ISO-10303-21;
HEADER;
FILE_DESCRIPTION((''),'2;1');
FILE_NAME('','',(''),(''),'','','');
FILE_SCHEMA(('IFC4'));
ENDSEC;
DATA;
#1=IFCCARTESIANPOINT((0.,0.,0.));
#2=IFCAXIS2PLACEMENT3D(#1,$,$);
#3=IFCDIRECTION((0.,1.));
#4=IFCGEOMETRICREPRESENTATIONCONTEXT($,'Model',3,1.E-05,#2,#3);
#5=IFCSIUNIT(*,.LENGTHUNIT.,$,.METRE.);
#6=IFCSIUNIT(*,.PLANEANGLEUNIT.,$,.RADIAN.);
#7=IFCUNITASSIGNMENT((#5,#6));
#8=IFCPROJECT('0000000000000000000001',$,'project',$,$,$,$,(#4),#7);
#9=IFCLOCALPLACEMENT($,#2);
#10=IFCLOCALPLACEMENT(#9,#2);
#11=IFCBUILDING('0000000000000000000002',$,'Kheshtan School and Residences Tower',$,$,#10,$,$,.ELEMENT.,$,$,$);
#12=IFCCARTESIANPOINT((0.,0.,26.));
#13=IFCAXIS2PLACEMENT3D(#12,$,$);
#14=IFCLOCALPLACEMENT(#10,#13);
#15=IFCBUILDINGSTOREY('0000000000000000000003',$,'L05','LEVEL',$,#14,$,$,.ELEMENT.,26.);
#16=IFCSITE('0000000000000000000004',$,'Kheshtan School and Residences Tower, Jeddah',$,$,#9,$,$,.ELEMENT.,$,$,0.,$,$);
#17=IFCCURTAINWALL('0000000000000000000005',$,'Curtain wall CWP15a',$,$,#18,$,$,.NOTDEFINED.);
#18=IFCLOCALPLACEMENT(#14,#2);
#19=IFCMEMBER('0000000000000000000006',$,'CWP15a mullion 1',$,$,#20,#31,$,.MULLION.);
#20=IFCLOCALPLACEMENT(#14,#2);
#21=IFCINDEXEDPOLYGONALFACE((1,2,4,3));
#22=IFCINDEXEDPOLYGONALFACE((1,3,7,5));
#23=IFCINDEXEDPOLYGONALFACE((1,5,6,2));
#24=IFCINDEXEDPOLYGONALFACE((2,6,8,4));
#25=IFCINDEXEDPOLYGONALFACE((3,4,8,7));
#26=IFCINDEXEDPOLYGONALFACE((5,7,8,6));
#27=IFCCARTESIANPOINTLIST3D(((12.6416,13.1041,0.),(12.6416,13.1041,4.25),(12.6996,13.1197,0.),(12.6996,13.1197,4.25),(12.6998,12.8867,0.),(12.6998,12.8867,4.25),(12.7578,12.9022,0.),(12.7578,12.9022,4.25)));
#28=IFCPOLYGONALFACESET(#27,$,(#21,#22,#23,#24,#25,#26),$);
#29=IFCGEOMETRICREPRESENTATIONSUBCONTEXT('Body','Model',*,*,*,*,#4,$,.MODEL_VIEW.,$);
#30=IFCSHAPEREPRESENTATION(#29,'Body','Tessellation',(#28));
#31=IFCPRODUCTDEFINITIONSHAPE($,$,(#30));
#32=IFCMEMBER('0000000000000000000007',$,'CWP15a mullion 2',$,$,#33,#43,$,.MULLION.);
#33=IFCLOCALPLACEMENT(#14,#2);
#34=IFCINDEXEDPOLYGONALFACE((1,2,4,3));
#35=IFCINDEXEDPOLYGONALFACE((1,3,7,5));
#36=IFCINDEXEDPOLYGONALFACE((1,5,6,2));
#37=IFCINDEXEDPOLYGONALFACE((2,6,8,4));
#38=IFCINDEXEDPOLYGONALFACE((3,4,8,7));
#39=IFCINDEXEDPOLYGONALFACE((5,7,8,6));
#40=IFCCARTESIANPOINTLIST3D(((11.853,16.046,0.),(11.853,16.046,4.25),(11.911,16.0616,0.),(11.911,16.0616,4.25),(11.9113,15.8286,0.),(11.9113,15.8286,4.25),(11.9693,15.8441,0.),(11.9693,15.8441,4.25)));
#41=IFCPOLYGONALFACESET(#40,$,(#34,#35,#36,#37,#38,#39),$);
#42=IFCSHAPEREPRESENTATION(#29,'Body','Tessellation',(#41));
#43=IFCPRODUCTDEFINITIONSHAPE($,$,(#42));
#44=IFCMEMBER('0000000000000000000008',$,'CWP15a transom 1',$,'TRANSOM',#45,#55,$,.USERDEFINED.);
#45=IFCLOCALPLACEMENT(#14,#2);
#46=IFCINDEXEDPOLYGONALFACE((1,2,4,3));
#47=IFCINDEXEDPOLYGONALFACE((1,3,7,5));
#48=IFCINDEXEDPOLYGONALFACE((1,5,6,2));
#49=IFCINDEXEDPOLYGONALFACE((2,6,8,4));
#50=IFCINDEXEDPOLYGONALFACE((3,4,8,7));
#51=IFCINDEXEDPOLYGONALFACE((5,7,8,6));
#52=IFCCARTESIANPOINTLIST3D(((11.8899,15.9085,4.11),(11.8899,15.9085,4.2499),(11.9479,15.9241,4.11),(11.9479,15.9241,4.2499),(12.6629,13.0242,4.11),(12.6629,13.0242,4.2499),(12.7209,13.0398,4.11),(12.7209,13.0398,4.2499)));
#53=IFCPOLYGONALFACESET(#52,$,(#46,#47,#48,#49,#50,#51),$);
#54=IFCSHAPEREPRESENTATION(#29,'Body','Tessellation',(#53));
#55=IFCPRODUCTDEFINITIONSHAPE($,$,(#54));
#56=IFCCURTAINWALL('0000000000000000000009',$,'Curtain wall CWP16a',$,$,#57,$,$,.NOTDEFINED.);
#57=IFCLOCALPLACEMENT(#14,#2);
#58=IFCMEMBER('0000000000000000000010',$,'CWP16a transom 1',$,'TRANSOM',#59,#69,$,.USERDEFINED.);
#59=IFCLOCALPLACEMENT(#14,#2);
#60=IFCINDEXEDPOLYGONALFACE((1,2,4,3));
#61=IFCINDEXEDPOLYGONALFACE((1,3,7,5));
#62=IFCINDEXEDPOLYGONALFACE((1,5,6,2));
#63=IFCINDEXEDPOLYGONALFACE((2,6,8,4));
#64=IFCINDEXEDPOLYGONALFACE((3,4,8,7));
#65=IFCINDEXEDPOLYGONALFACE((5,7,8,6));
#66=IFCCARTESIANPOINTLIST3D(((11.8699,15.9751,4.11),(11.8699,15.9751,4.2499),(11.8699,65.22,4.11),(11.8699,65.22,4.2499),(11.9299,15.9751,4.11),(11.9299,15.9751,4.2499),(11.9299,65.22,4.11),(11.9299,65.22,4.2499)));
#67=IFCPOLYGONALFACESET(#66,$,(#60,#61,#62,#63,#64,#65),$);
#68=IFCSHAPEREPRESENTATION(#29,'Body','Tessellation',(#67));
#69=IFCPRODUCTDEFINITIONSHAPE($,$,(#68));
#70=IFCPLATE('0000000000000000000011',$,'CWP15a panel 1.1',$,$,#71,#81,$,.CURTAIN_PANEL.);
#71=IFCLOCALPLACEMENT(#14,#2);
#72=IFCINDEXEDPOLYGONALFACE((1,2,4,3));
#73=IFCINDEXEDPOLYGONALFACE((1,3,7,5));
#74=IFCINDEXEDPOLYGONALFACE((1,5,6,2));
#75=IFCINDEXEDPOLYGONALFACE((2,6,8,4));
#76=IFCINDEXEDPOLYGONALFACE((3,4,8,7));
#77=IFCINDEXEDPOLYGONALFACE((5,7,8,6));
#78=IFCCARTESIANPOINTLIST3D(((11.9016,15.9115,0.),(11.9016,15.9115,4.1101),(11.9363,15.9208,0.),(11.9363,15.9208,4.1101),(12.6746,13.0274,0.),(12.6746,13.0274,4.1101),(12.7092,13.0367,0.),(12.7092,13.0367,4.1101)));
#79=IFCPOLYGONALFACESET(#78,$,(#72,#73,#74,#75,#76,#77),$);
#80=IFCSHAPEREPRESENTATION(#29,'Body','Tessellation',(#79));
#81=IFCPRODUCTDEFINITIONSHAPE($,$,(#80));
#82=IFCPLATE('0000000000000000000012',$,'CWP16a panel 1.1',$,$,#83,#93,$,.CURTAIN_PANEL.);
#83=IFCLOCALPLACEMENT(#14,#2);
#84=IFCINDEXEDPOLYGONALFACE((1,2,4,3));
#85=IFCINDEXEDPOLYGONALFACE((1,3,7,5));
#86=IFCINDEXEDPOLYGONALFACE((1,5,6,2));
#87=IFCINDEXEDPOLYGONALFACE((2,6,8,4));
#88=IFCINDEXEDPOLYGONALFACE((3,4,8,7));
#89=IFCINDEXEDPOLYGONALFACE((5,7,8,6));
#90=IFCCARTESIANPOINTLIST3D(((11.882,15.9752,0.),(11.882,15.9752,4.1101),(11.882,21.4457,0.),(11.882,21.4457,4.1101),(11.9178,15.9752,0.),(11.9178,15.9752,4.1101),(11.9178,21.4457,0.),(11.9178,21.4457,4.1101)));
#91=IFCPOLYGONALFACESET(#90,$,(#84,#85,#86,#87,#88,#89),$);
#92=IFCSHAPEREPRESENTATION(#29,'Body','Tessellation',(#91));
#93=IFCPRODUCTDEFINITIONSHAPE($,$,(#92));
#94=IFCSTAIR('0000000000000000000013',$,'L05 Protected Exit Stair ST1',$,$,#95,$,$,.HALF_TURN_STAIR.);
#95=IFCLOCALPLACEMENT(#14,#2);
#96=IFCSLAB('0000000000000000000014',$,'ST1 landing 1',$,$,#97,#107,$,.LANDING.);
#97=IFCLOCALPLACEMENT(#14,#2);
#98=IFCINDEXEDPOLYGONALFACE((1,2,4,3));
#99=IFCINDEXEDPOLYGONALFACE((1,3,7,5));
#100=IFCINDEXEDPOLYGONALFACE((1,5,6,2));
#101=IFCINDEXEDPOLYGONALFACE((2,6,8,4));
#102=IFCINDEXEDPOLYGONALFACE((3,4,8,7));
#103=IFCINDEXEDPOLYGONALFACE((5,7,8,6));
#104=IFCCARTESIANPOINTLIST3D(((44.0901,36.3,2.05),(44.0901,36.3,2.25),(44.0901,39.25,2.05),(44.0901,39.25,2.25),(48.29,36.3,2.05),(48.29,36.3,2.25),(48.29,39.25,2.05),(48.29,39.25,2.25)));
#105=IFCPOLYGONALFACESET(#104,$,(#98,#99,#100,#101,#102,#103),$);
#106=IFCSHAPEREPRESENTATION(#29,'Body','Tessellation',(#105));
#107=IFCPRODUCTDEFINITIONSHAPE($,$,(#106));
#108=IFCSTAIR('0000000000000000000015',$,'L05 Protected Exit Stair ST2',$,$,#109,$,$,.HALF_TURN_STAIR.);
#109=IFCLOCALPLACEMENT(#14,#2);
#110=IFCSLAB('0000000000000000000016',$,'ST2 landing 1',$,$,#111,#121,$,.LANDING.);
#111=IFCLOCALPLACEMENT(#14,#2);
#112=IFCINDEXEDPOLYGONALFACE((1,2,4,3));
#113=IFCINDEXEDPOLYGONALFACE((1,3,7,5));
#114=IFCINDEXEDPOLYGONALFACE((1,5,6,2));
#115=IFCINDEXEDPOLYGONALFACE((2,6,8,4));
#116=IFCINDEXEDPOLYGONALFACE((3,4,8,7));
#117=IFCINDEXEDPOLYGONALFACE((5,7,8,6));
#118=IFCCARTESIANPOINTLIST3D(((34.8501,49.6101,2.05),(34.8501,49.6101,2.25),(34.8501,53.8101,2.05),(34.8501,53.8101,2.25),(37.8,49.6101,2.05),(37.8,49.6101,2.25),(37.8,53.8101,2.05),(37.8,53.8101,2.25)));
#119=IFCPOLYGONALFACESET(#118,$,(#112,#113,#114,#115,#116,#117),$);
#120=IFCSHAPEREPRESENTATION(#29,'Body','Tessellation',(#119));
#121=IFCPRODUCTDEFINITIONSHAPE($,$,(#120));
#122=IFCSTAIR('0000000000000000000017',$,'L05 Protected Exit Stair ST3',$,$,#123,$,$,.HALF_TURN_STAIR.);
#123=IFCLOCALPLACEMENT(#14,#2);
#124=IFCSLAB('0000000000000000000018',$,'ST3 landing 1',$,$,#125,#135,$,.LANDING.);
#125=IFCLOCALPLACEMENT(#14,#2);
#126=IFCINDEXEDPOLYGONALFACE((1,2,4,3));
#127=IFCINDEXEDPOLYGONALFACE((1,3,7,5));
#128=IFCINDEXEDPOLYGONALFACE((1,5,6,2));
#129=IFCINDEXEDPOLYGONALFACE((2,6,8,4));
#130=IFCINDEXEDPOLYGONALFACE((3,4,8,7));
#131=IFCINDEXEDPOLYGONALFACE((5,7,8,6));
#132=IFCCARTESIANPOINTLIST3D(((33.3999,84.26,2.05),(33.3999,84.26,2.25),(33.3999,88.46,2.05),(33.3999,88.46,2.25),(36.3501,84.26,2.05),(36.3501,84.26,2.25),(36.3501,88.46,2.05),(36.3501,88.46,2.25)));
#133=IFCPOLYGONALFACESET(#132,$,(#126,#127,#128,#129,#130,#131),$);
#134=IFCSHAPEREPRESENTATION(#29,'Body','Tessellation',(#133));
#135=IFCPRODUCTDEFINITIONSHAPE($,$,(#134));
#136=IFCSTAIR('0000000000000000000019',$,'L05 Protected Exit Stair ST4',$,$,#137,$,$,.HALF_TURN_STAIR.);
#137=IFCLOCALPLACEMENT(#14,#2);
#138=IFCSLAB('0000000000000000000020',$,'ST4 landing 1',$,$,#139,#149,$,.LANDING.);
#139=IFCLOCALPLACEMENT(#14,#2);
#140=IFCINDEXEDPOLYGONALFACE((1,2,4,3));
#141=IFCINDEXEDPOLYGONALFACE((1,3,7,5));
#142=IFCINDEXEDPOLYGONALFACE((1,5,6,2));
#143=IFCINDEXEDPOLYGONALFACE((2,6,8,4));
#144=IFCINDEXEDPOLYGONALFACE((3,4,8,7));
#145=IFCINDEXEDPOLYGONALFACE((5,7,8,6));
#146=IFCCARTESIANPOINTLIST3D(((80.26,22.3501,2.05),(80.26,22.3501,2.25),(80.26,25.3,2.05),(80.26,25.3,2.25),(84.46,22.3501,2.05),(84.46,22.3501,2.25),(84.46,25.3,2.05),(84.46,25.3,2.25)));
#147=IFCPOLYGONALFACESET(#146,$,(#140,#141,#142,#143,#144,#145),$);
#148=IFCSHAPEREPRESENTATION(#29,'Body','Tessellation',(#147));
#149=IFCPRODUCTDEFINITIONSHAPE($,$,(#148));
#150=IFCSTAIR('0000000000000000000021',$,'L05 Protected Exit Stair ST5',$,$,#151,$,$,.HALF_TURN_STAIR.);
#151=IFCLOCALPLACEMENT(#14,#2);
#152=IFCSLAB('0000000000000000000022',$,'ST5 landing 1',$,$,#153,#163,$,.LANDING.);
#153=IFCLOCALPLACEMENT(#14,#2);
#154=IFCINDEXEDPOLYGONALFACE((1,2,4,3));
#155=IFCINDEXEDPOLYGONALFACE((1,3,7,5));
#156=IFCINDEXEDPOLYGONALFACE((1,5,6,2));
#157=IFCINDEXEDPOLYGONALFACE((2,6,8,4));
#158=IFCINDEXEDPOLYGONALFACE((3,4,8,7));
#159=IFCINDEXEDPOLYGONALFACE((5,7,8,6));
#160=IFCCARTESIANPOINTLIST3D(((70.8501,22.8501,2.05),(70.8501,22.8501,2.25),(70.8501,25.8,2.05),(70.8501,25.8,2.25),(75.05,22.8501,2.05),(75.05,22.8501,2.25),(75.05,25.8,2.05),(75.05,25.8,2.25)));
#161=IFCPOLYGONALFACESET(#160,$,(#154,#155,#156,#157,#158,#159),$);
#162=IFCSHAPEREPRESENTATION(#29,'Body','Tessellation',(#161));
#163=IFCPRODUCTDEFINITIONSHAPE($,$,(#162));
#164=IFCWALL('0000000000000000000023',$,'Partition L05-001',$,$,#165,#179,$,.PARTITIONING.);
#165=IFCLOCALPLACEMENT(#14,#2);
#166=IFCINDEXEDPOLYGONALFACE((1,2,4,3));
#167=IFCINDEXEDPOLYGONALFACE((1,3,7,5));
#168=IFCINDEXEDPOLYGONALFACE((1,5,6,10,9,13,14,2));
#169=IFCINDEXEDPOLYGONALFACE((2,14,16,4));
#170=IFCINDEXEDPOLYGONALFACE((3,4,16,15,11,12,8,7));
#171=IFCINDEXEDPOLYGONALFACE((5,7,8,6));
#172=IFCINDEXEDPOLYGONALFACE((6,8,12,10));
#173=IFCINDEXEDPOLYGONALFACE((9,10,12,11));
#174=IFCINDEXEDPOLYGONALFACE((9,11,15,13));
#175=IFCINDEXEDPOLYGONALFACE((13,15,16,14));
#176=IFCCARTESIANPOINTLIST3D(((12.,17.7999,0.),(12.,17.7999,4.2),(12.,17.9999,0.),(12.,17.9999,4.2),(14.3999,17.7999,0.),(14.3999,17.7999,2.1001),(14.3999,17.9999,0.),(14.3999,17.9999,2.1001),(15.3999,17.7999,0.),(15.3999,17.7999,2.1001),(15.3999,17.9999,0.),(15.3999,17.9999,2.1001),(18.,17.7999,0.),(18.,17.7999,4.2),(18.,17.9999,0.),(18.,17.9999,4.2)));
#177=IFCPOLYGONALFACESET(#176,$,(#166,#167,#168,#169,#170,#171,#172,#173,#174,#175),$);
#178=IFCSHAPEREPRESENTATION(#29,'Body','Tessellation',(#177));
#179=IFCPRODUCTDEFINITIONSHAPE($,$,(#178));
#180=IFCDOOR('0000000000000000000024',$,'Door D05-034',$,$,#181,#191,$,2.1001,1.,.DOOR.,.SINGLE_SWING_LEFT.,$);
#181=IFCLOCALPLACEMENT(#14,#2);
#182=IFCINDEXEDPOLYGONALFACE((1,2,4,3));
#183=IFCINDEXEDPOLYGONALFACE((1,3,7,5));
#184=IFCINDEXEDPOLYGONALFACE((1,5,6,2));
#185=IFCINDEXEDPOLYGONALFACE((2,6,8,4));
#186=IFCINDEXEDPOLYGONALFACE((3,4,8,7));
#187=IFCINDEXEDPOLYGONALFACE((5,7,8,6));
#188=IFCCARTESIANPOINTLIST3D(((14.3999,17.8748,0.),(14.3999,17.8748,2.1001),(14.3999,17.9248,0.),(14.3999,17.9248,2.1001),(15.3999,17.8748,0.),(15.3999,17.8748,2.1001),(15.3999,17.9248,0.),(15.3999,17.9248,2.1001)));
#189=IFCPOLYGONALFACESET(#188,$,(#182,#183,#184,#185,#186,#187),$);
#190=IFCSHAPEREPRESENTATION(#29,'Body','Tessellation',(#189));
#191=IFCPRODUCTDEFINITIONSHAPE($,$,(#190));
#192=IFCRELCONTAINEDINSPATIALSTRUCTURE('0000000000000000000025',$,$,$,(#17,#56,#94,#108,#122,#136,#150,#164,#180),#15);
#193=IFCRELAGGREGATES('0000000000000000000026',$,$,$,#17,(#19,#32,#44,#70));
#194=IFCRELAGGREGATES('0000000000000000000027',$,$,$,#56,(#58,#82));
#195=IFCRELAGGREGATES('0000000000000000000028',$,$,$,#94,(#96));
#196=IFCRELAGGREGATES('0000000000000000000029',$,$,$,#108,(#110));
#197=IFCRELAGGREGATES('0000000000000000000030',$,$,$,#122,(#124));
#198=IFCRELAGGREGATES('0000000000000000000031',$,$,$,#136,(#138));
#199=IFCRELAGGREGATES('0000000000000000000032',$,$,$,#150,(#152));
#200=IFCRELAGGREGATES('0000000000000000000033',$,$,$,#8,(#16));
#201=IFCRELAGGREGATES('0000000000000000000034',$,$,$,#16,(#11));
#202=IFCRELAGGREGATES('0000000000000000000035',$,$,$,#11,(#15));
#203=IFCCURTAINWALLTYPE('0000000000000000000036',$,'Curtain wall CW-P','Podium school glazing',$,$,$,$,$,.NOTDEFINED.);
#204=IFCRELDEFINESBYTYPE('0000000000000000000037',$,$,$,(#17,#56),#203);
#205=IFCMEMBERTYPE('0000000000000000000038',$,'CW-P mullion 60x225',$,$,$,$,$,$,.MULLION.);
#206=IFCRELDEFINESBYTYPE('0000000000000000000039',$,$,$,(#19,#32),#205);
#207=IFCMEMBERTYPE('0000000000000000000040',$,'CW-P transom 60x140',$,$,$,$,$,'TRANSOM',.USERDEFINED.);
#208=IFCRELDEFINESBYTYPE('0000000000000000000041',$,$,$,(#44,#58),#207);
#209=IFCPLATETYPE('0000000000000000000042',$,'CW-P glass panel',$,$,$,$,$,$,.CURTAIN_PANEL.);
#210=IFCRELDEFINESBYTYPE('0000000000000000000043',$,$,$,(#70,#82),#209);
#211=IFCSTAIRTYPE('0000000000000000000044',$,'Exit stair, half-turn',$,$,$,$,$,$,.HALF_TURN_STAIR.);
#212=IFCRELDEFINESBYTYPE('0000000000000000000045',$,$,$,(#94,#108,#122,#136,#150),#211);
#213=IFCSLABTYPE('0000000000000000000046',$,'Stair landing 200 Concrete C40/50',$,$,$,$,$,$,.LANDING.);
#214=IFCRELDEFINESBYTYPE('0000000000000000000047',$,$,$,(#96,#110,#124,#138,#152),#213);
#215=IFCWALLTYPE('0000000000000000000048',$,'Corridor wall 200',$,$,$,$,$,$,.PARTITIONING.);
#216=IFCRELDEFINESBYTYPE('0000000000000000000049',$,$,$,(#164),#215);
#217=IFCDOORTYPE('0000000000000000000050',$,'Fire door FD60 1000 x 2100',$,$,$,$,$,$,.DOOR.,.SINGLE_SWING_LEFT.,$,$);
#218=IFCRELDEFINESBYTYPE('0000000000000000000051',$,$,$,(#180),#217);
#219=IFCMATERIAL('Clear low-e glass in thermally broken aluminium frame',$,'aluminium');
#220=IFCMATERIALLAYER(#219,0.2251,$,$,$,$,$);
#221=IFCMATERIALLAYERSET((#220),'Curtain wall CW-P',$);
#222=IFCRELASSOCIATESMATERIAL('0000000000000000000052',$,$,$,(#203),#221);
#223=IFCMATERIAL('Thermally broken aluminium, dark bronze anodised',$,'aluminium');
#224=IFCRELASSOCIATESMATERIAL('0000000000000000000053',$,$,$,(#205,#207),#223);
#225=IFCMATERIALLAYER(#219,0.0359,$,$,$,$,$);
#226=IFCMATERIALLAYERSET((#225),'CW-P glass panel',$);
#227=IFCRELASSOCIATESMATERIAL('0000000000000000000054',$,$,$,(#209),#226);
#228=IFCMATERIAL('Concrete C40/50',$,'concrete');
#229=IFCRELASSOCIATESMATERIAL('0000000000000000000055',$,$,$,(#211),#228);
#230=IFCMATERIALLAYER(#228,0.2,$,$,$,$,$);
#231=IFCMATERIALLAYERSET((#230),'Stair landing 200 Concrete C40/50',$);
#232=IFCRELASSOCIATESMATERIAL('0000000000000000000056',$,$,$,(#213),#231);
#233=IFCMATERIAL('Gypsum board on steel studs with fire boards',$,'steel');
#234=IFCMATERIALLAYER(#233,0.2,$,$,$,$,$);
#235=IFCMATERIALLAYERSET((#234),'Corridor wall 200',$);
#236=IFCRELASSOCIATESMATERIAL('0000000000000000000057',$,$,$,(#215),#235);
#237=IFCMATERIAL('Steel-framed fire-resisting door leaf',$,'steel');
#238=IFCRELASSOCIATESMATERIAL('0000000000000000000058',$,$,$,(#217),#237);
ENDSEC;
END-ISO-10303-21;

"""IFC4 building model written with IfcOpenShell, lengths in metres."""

from ifc_helpers import new_model, si_unit, direction, frame, frame_2d, origin, origin_2d, place, context, subcontext, project, spatial, polyline, rectangle, outline, extrude, source, transform, mapped, material, layer, layer_set, material_profile, profile_set, type_object, element, fill, aggregate, save


model = new_model("IFC4")

# Units and contexts
model_context = context("Model", 3, precision=1e-05, world=origin(), true_north=direction((0.0, 1.0)))
body_context = subcontext(model_context, "Body", "Model", "MODEL_VIEW")
ifc_project = project(units=[si_unit("LENGTHUNIT", "METRE"), si_unit("PLANEANGLEUNIT", "RADIAN")], contexts=[model_context])

# Site, building, storey
site_placement = place(None, origin())
site = spatial("IfcSite", under=ifc_project, at=site_placement, Name="Kheshtan School and Residences Tower, Jeddah", CompositionType="ELEMENT", RefElevation=0.0)
building_placement = place(site_placement, origin())
building = spatial("IfcBuilding", under=site, at=building_placement, Name="Kheshtan School and Residences Tower", CompositionType="ELEMENT")
storey_placement = place(building_placement, frame((0.0, 0.0, 26.0)))
storey = spatial("IfcBuildingStorey", under=building, at=storey_placement, Name="L05", Description="LEVEL", CompositionType="ELEMENT", Elevation=26.0)

# Curtain wall, members
ifc_material_1 = material(Name="Clear low-e glass in thermally broken aluminium frame", Category="aluminium")
ifc_layer_1 = layer(ifc_material_1, 0.2251)
ifc_layer_set_1 = layer_set([ifc_layer_1], Name="Curtain wall CW-P")
curtain_wall_type = type_object("IfcCurtainWallType", Name="Curtain wall CW-P", Description="Podium school glazing", PredefinedType="NOTDEFINED", material=ifc_layer_set_1)
curtain_wall_1_placement = place(storey_placement, origin())
curtain_wall_1 = element("IfcCurtainWall", 1, at=curtain_wall_1_placement, inside=storey, type_object=curtain_wall_type, Name="Curtain wall CWP15a", PredefinedType="NOTDEFINED")
ifc_material_2 = material(Name="Thermally broken aluminium, dark bronze anodised", Category="aluminium")
ifc_material_profile_1 = material_profile(ifc_material_2, rectangle(XDim=0.0601, YDim=0.2251, at=origin_2d()), Name="CW-P mullion 60x225")
ifc_profile_set_1 = profile_set([ifc_material_profile_1], Name="Thermally broken aluminium, dark bronze anodised")
member_type_1 = type_object("IfcMemberType", Name="CW-P mullion 60x225", PredefinedType="MULLION", material=ifc_profile_set_1)
member_1_placement = place(storey_placement, frame((12.6997, 13.0032, 0.0), z_axis=(0.0, 0.0, 1.0), x_axis=(-0.965914, -0.258865, 0.0)))
member_1 = element("IfcMember", 2, at=member_1_placement, type_object=member_type_1, Name="CWP15a mullion 1", PredefinedType="MULLION", context=body_context, shape_type="SweptSolid", body=[
    extrude(rectangle(XDim=0.0601, YDim=0.2251, at=origin_2d()), origin(), (0.0, 0.0, 1.0), 4.25),
])
member_2_placement = place(storey_placement, frame((11.9111, 15.9451, 0.0), z_axis=(0.0, 0.0, 1.0), x_axis=(-0.965914, -0.258865, 0.0)))
member_2 = element("IfcMember", 3, at=member_2_placement, type_object=member_type_1, Name="CWP15a mullion 2", PredefinedType="MULLION", context=body_context, shape_type="SweptSolid", body=[
    extrude(rectangle(XDim=0.0601, YDim=0.2251, at=origin_2d()), origin(), (0.0, 0.0, 1.0), 4.25),
])
ifc_material_profile_2 = material_profile(ifc_material_2, rectangle(XDim=0.0601, YDim=0.1399, at=origin_2d()), Name="CW-P transom 60x140")
ifc_profile_set_2 = profile_set([ifc_material_profile_2], Name="Thermally broken aluminium, dark bronze anodised")
member_type_2 = type_object("IfcMemberType", Name="CW-P transom 60x140", ElementType="TRANSOM", PredefinedType="USERDEFINED", material=ifc_profile_set_2)
member_3_placement = place(storey_placement, frame((12.6919, 13.032, 4.1799), z_axis=(-0.258853, 0.965917, 0.0), x_axis=(-0.965917, -0.258853, 0.0)))
member_3 = element("IfcMember", 4, at=member_3_placement, type_object=member_type_2, Name="CWP15a transom 1", ObjectType="TRANSOM", PredefinedType="USERDEFINED", context=body_context, shape_type="SweptSolid", body=[
    extrude(rectangle(XDim=0.0601, YDim=0.1399, at=origin_2d()), origin(), (0.0, 0.0, 1.0), 2.9861),
])

# Curtain wall, member
curtain_wall_2_placement = place(storey_placement, origin())
curtain_wall_2 = element("IfcCurtainWall", 5, at=curtain_wall_2_placement, inside=storey, type_object=curtain_wall_type, Name="Curtain wall CWP16a", PredefinedType="NOTDEFINED")
member_4_placement = place(storey_placement, frame((11.8999, 15.9751, 4.1799), z_axis=(0.0, 1.0, 0.0), x_axis=(-1.0, 0.0, 0.0)))
member_4 = element("IfcMember", 6, at=member_4_placement, type_object=member_type_2, Name="CWP16a transom 1", ObjectType="TRANSOM", PredefinedType="USERDEFINED", context=body_context, shape_type="SweptSolid", body=[
    extrude(rectangle(XDim=0.0601, YDim=0.1399, at=origin_2d()), origin(), (0.0, 0.0, 1.0), 49.2449),
])

# Plates
ifc_layer_2 = layer(ifc_material_1, 0.0359)
ifc_layer_set_2 = layer_set([ifc_layer_2], Name="CW-P glass panel")
plate_type = type_object("IfcPlateType", Name="CW-P glass panel", PredefinedType="CURTAIN_PANEL", material=ifc_layer_set_2)
plate_1_placement = place(storey_placement, frame((12.3054, 14.4741, 0.0), z_axis=(0.0, 0.0, 1.0), x_axis=(-0.258865, 0.965914, 0.0)))
plate_1 = element("IfcPlate", 7, at=plate_1_placement, type_object=plate_type, Name="CWP15a panel 1.1", PredefinedType="CURTAIN_PANEL", context=body_context, shape_type="SweptSolid", body=[
    extrude(rectangle(XDim=2.9858, YDim=0.0359, at=origin_2d()), origin(), (0.0, 0.0, 1.0), 4.1101),
])
aggregate(curtain_wall_1, [member_1, member_2, member_3, plate_1])
plate_2_placement = place(storey_placement, frame((11.8999, 18.7104, 0.0), z_axis=(0.0, 0.0, 1.0), x_axis=(0.0, 1.0, 0.0)))
plate_2 = element("IfcPlate", 8, at=plate_2_placement, type_object=plate_type, Name="CWP16a panel 1.1", PredefinedType="CURTAIN_PANEL", context=body_context, shape_type="SweptSolid", body=[
    extrude(rectangle(XDim=5.4705, YDim=0.0359, at=origin_2d()), origin(), (0.0, 0.0, 1.0), 4.1101),
])
aggregate(curtain_wall_2, [member_4, plate_2])

# Shared definitions
ifc_material_3 = material(Name="Concrete C40/50", Category="concrete")

# Stairs, slabs
stair_type = type_object("IfcStairType", Name="Exit stair, half-turn", PredefinedType="HALF_TURN_STAIR", material=ifc_material_3)
stair_1_placement = place(storey_placement, origin())
stair_1 = element("IfcStair", 9, at=stair_1_placement, inside=storey, type_object=stair_type, Name="L05 Protected Exit Stair ST1", PredefinedType="HALF_TURN_STAIR")
ifc_layer_3 = layer(ifc_material_3, 0.2)
ifc_layer_set_3 = layer_set([ifc_layer_3], Name="Stair landing 200 Concrete C40/50")
slab_type_1 = type_object("IfcSlabType", Name="Stair landing 200 Concrete C40/50", PredefinedType="LANDING", material=ifc_layer_set_3)
slab_1_placement = place(storey_placement, frame((0.0, 0.0, 2.05)))
slab_1 = element("IfcSlab", 10, at=slab_1_placement, type_object=slab_type_1, Name="ST1 landing 1", PredefinedType="LANDING", context=body_context, shape_type="SweptSolid", body=[
    extrude(outline(polyline([(48.29, 39.25), (44.0901, 39.25), (44.0901, 36.3), (48.29, 36.3), (48.29, 39.25)])), origin(), (0.0, 0.0, 1.0), 0.2),
])
aggregate(stair_1, [slab_1])
stair_2_placement = place(storey_placement, origin())
stair_2 = element("IfcStair", 11, at=stair_2_placement, inside=storey, type_object=stair_type, Name="L05 Protected Exit Stair ST2", PredefinedType="HALF_TURN_STAIR")
slab_2_placement = place(storey_placement, frame((0.0, 0.0, 2.05)))
slab_2 = element("IfcSlab", 12, at=slab_2_placement, type_object=slab_type_1, Name="ST2 landing 1", PredefinedType="LANDING", context=body_context, shape_type="SweptSolid", body=[
    extrude(outline(polyline([(37.8, 49.6101), (37.8, 53.8101), (34.8501, 53.8101), (34.8501, 49.6101), (37.8, 49.6101)])), origin(), (0.0, 0.0, 1.0), 0.2),
])
aggregate(stair_2, [slab_2])
stair_3_placement = place(storey_placement, origin())
stair_3 = element("IfcStair", 13, at=stair_3_placement, inside=storey, type_object=stair_type, Name="L05 Protected Exit Stair ST3", PredefinedType="HALF_TURN_STAIR")
slab_3_placement = place(storey_placement, frame((0.0, 0.0, 2.05)))
slab_3 = element("IfcSlab", 14, at=slab_3_placement, type_object=slab_type_1, Name="ST3 landing 1", PredefinedType="LANDING", context=body_context, shape_type="SweptSolid", body=[
    extrude(outline(polyline([(36.3501, 84.26), (36.3501, 88.46), (33.3999, 88.46), (33.3999, 84.26), (36.3501, 84.26)])), origin(), (0.0, 0.0, 1.0), 0.2),
])
aggregate(stair_3, [slab_3])
stair_4_placement = place(storey_placement, origin())
stair_4 = element("IfcStair", 15, at=stair_4_placement, inside=storey, type_object=stair_type, Name="L05 Protected Exit Stair ST4", PredefinedType="HALF_TURN_STAIR")
slab_4_placement = place(storey_placement, frame((0.0, 0.0, 2.05)))
slab_4 = element("IfcSlab", 16, at=slab_4_placement, type_object=slab_type_1, Name="ST4 landing 1", PredefinedType="LANDING", context=body_context, shape_type="SweptSolid", body=[
    extrude(outline(polyline([(84.46, 25.3), (80.26, 25.3), (80.26, 22.3501), (84.46, 22.3501), (84.46, 25.3)])), origin(), (0.0, 0.0, 1.0), 0.2),
])
aggregate(stair_4, [slab_4])
stair_5_placement = place(storey_placement, origin())
stair_5 = element("IfcStair", 17, at=stair_5_placement, inside=storey, type_object=stair_type, Name="L05 Protected Exit Stair ST5", PredefinedType="HALF_TURN_STAIR")
slab_5_placement = place(storey_placement, frame((0.0, 0.0, 2.05)))
slab_5 = element("IfcSlab", 18, at=slab_5_placement, type_object=slab_type_1, Name="ST5 landing 1", PredefinedType="LANDING", context=body_context, shape_type="SweptSolid", body=[
    extrude(outline(polyline([(75.05, 25.8), (70.8501, 25.8), (70.8501, 22.8501), (75.05, 22.8501), (75.05, 25.8)])), origin(), (0.0, 0.0, 1.0), 0.2),
])
aggregate(stair_5, [slab_5])

# Wall, opening, door
ifc_material_4 = material(Name="Gypsum board on steel studs with fire boards", Category="steel")
ifc_layer_4 = layer(ifc_material_4, 0.2)
ifc_layer_set_4 = layer_set([ifc_layer_4], Name="Corridor wall 200")
wall_type = type_object("IfcWallType", Name="Corridor wall 200", PredefinedType="PARTITIONING", material=ifc_layer_set_4)
wall_placement = place(storey_placement, frame((12.0, 17.8999, 0.0), z_axis=(0.0, 0.0, 1.0), x_axis=(1.0, 0.0, 0.0)))
wall = element("IfcWall", 19, at=wall_placement, inside=storey, type_object=wall_type, Name="Partition L05-001", PredefinedType="PARTITIONING", context=body_context, shape_type="SweptSolid", body=[
    extrude(rectangle(XDim=6.0, YDim=0.2, at=frame_2d((3.0, 0.0))), origin(), (0.0, 0.0, 1.0), 4.2),
])
opening_placement = place(wall_placement, frame((2.3999, 0.0, 0.0)))
opening = element("IfcOpeningElement", 20, at=opening_placement, cuts=wall, PredefinedType="OPENING", context=body_context, shape_type="SweptSolid", body=[
    extrude(rectangle(XDim=1.0, YDim=2.1001, at=frame_2d((0.5, 1.05))), frame((0.0, 0.1099, 0.0), z_axis=(0.0, -1.0, 0.0), x_axis=(1.0, 0.0, 0.0)), (0.0, 0.0, 1.0), 0.22),
])
ifc_material_5 = material(Name="Steel-framed fire-resisting door leaf", Category="steel")
door_type = type_object("IfcDoorType", Name="Fire door FD60 1000 x 2100", OperationType="SINGLE_SWING_LEFT", PredefinedType="DOOR", material=ifc_material_5)
shared_shape = source(origin(), body_context, "Body", "SweptSolid", [
    extrude(rectangle(XDim=1.0, YDim=2.1001, at=frame_2d((0.5, 1.05))), frame((0.0, 0.0249, 0.0), z_axis=(0.0, -1.0, 0.0), x_axis=(1.0, 0.0, 0.0)), (0.0, 0.0, 1.0), 0.05),
])
door_placement = place(opening_placement, origin())
door = element("IfcDoor", 21, at=door_placement, inside=storey, type_object=door_type, Name="Door D05-034", OperationType="SINGLE_SWING_LEFT", OverallHeight=2.1001, OverallWidth=1.0, PredefinedType="DOOR", context=body_context, shape_type="MappedRepresentation", body=[
    mapped(shared_shape, transform((0.0, 0.0, 0.0), x_axis=(1.0, 0.0, 0.0), y_axis=(0.0, 1.0, 0.0), z_axis=(0.0, 0.0, 1.0), scale=1.0)),
])
fill(opening, door)

save(model, "model.ifc")
